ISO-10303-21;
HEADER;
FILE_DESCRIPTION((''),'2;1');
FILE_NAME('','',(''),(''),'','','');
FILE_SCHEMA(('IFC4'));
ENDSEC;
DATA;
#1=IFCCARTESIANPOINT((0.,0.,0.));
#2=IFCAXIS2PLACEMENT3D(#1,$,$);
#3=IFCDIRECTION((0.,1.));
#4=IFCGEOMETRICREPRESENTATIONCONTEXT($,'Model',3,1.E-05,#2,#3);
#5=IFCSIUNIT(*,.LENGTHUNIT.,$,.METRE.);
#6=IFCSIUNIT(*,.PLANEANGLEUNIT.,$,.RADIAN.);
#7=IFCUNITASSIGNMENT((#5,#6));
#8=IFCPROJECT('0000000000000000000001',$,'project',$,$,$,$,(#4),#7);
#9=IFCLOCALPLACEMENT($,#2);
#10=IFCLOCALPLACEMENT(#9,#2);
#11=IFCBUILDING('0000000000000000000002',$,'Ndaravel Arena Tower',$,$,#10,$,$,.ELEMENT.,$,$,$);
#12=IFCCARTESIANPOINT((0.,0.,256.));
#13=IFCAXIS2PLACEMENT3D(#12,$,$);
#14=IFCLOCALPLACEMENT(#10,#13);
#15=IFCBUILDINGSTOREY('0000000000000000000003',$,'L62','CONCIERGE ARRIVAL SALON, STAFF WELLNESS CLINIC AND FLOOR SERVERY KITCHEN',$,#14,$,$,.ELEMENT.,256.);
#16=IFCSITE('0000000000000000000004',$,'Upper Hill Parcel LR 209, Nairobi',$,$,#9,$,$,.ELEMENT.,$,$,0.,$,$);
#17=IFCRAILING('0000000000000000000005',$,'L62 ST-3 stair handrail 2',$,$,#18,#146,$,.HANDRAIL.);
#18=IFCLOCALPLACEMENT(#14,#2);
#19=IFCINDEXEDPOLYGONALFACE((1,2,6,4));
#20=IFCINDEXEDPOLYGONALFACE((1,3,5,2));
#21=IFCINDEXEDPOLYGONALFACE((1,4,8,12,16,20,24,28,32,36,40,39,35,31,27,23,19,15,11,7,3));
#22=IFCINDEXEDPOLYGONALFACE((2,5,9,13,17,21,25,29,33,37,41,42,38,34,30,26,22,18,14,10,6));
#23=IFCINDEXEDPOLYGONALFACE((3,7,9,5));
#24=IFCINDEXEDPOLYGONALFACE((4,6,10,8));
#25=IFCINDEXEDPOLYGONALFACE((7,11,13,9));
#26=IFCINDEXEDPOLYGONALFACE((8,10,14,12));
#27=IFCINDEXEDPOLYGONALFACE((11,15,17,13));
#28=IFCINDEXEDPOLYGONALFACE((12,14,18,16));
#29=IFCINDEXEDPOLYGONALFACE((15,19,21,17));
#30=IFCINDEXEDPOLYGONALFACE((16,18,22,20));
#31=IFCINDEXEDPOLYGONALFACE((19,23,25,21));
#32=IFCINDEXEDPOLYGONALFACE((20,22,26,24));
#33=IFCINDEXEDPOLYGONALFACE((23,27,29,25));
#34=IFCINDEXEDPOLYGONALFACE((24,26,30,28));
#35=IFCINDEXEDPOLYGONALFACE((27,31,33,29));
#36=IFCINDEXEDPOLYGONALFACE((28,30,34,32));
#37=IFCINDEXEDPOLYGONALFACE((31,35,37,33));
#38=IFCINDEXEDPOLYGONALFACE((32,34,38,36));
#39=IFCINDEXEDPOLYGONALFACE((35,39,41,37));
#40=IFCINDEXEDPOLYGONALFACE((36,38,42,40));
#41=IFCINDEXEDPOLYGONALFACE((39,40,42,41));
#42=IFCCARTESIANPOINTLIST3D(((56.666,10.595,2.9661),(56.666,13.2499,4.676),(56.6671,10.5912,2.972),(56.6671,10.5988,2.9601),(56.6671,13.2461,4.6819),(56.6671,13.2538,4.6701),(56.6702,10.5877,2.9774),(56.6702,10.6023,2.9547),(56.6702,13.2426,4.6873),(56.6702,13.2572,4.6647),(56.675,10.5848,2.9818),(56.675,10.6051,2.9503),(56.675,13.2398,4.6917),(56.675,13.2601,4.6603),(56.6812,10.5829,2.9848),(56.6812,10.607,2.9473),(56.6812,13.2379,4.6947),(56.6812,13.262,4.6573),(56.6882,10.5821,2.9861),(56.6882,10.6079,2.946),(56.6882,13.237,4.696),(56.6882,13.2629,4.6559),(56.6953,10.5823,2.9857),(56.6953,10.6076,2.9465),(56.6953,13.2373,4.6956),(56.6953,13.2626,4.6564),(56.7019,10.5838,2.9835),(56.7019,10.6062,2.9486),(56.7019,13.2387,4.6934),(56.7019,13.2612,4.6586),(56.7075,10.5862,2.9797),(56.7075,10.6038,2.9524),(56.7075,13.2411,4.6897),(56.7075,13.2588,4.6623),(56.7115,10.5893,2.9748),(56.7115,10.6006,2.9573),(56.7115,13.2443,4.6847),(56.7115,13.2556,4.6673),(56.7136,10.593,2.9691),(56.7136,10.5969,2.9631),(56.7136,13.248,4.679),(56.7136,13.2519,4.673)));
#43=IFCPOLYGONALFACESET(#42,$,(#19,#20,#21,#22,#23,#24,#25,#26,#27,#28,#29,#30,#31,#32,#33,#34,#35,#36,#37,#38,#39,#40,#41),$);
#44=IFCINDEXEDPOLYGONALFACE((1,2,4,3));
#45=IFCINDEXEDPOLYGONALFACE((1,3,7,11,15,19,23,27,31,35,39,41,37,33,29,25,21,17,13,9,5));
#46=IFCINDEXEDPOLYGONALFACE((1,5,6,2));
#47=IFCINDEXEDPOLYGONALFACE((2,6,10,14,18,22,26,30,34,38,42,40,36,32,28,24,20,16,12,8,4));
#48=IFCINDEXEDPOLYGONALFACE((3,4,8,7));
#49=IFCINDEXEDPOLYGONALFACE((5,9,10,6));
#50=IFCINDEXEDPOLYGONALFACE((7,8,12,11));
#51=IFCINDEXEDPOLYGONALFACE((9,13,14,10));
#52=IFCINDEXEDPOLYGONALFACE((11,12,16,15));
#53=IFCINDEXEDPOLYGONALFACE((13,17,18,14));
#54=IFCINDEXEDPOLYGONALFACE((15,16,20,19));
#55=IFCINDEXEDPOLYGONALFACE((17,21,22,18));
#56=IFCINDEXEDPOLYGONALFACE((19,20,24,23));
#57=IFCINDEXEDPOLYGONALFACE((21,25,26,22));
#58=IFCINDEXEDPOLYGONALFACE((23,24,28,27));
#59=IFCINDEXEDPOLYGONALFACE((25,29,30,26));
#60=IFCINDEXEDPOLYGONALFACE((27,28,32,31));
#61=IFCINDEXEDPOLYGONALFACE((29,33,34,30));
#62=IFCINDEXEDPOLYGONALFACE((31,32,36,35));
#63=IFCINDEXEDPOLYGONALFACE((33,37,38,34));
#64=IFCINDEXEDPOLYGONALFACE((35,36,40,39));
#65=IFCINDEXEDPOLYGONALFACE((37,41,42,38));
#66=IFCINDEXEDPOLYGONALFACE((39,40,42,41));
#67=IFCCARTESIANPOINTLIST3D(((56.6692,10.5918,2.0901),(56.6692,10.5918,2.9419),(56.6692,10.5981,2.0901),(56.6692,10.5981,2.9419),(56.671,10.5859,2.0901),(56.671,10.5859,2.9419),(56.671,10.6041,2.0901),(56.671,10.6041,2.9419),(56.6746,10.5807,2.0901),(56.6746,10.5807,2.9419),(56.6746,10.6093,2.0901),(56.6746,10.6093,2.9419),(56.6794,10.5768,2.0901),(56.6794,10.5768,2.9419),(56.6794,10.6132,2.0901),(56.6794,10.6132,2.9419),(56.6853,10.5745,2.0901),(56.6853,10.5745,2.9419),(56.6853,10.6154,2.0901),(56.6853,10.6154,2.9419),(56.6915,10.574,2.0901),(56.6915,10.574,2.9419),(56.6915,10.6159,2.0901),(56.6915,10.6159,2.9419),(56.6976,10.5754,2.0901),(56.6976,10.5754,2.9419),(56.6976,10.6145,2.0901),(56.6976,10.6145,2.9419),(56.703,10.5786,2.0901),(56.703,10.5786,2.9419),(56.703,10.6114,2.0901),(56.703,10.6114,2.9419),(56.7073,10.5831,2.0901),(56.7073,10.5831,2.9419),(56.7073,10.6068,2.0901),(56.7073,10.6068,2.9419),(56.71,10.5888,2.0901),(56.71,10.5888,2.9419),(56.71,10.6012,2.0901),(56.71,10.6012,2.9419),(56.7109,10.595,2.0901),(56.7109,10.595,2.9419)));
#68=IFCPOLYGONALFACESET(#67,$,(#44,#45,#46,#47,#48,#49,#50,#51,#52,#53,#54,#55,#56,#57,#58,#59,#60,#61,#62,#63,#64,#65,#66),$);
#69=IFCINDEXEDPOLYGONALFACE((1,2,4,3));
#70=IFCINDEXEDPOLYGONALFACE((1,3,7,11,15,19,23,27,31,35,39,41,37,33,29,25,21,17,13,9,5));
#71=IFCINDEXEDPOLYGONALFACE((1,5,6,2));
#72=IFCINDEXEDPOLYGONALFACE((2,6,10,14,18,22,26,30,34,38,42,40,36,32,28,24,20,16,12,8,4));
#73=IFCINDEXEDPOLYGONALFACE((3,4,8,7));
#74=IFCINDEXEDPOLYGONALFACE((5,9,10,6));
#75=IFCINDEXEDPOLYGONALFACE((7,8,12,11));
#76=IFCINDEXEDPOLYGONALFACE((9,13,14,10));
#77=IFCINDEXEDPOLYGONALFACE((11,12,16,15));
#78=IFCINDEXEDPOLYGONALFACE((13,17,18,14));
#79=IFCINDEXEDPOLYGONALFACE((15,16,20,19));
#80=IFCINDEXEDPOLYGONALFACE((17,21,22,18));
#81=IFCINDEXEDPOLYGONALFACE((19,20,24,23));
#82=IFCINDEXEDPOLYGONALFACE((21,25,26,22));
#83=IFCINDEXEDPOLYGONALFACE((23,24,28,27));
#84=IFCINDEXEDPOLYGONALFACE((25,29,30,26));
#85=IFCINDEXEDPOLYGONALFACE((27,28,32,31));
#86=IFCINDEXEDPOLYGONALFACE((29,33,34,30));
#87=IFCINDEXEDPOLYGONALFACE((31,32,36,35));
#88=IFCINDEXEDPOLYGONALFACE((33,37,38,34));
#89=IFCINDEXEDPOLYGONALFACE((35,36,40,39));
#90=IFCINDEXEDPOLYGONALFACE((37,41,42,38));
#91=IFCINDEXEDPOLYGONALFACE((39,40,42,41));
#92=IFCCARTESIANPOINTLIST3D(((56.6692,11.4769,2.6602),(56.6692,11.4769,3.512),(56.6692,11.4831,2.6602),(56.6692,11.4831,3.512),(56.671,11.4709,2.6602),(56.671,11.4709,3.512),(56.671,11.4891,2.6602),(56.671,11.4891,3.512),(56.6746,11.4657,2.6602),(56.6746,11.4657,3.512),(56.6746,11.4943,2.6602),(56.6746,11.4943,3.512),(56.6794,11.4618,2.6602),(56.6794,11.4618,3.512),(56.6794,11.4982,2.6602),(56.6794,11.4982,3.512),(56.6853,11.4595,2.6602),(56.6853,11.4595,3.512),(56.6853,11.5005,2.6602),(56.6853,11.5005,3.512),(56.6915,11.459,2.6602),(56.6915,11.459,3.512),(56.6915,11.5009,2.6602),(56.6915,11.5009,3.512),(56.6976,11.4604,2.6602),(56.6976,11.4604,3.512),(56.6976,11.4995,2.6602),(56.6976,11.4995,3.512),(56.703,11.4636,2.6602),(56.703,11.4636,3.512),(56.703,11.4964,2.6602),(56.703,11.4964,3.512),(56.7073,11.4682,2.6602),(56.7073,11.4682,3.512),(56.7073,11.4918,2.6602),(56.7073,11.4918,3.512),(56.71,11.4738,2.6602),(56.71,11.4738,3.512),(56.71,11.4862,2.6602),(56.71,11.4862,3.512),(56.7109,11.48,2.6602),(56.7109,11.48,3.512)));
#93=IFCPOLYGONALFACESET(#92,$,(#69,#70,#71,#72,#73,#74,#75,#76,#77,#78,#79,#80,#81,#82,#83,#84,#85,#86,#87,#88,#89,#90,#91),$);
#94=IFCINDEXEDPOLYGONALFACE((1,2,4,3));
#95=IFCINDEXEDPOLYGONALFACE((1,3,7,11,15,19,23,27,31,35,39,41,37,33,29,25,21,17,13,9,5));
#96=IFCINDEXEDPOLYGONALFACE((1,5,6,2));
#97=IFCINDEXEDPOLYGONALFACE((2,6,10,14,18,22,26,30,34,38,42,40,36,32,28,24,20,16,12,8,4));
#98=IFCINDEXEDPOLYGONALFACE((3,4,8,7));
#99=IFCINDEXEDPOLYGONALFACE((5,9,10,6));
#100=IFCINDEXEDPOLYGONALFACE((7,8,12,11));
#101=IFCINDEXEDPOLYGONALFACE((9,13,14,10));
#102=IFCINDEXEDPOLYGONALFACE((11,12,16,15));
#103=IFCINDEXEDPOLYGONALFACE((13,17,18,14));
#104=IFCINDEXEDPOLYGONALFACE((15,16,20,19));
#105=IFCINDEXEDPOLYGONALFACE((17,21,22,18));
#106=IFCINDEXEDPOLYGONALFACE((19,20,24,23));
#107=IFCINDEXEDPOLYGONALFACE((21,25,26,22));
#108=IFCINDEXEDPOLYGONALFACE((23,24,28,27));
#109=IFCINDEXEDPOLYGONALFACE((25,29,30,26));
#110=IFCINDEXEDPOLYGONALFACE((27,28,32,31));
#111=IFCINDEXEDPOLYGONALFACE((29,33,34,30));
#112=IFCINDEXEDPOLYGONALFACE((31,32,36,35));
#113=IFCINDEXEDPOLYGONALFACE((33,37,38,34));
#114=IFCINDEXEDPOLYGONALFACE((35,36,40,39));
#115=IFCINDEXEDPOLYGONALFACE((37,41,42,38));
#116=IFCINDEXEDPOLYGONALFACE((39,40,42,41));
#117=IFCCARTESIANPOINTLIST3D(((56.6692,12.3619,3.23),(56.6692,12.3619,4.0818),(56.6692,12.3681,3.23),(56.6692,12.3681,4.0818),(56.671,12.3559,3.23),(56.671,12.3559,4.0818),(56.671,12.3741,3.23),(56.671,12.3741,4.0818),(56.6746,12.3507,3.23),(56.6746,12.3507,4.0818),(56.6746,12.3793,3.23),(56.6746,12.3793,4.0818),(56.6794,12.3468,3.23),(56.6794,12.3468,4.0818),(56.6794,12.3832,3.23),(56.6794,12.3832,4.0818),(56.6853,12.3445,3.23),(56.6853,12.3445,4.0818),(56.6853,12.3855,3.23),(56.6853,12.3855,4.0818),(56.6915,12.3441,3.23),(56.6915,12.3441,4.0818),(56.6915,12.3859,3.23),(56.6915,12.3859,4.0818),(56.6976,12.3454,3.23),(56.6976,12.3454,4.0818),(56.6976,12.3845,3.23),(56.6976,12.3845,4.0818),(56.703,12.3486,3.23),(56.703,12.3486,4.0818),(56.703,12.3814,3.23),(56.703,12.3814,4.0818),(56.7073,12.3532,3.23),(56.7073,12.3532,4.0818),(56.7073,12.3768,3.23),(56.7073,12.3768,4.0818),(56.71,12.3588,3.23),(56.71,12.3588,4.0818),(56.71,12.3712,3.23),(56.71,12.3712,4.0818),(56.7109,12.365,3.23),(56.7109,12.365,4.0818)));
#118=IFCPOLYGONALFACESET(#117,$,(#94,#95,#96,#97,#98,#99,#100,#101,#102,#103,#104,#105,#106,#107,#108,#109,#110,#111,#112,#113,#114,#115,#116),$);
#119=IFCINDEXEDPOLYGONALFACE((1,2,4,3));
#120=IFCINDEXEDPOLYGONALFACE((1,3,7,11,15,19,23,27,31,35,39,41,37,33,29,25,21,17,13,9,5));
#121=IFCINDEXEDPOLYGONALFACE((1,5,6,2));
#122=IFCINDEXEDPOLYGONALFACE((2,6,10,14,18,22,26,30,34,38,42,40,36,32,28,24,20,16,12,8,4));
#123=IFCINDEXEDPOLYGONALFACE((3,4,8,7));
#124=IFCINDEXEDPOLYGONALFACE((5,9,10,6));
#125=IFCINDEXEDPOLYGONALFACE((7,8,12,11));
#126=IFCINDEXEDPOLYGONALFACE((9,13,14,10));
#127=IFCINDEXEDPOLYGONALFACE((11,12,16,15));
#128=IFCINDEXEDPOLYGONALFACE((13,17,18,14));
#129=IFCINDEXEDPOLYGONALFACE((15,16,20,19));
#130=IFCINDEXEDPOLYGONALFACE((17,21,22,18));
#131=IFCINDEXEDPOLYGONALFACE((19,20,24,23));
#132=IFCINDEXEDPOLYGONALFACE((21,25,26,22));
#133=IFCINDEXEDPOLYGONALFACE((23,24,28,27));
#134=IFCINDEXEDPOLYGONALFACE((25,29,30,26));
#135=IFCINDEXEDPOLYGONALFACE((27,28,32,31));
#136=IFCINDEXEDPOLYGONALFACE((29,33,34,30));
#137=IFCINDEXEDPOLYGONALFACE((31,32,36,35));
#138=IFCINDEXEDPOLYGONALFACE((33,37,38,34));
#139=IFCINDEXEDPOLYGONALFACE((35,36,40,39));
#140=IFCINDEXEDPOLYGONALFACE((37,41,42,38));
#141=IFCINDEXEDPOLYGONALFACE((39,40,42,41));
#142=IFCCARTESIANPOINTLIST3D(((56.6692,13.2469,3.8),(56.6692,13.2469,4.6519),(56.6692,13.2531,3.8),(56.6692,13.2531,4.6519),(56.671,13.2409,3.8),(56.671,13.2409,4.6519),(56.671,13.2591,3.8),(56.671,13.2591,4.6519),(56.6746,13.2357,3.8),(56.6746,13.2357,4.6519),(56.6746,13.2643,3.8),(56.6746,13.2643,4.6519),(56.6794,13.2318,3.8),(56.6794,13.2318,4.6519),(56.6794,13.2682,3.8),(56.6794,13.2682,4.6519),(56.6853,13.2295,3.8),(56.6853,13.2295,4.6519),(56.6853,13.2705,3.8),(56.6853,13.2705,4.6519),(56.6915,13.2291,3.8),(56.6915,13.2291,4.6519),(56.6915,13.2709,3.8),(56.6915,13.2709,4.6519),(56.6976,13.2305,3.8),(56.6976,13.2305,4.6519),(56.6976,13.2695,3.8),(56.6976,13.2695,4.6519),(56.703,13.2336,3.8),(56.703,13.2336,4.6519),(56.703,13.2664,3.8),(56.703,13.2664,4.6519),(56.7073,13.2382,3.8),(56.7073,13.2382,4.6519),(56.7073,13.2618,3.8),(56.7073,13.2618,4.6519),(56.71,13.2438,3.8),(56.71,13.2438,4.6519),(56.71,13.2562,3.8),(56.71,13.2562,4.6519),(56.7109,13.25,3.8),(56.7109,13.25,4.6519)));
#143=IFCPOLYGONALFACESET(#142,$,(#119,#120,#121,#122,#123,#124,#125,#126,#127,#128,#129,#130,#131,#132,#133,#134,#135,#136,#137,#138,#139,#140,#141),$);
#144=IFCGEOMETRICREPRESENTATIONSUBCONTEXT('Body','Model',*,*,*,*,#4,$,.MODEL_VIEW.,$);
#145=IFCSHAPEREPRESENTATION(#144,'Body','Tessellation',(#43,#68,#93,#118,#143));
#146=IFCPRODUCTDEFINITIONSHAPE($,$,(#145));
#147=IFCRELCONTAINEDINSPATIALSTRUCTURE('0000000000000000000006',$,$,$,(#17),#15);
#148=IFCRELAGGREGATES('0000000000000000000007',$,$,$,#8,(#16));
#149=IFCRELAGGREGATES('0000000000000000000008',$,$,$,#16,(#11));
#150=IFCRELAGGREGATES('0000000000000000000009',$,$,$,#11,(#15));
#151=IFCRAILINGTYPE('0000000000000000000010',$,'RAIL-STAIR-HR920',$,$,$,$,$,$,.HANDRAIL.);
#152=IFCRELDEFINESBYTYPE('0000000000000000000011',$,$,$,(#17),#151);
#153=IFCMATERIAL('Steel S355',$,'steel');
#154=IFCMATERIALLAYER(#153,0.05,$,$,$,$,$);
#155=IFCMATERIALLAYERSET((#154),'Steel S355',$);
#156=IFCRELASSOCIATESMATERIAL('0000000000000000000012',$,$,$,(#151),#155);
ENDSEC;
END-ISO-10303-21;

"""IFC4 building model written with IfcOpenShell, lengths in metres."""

from ifc_helpers import new_model, si_unit, direction, frame, origin, origin_2d, place, context, subcontext, project, spatial, circle, extrude, material, layer, layer_set, type_object, element, save


model = new_model("IFC4")

# Units and contexts
model_context = context("Model", 3, precision=1e-05, world=origin(), true_north=direction((0.0, 1.0)))
body_context = subcontext(model_context, "Body", "Model", "MODEL_VIEW")
ifc_project = project(units=[si_unit("LENGTHUNIT", "METRE"), si_unit("PLANEANGLEUNIT", "RADIAN")], contexts=[model_context])

# Site, building, storey
site_placement = place(None, origin())
site = spatial("IfcSite", under=ifc_project, at=site_placement, Name="Upper Hill Parcel LR 209, Nairobi", CompositionType="ELEMENT", RefElevation=0.0)
building_placement = place(site_placement, origin())
building = spatial("IfcBuilding", under=site, at=building_placement, Name="Ndaravel Arena Tower", CompositionType="ELEMENT")
storey_placement = place(building_placement, frame((0.0, 0.0, 256.0)))
storey = spatial("IfcBuildingStorey", under=building, at=storey_placement, Name="L62", Description="CONCIERGE ARRIVAL SALON, STAFF WELLNESS CLINIC AND FLOOR SERVERY KITCHEN", CompositionType="ELEMENT", Elevation=256.0)

# Railing
ifc_material_1 = material(Name="Steel S355", Category="steel")
ifc_layer_1 = layer(ifc_material_1, 0.05)
ifc_layer_set_1 = layer_set([ifc_layer_1], Name="Steel S355")
railing_type_1 = type_object("IfcRailingType", Name="RAIL-STAIR-HR920", PredefinedType="HANDRAIL", material=ifc_layer_set_1)
railing_1_placement = place(storey_placement, frame((56.6899, 10.595, 2.0901)))
element("IfcRailing", 1, at=railing_1_placement, inside=storey, type_object=railing_type_1, Name="L62 ST-3 stair handrail 2", PredefinedType="HANDRAIL", context=body_context, shape_type="SweptSolid", body=[
    extrude(circle(Radius=0.0239, at=origin_2d()), frame((0.0, 0.0, 0.876), z_axis=(0.0, 0.840724, 0.541465), x_axis=(-1.0, 0.0, 0.0)), (0.0, 0.0, 1.0), 3.158),
    extrude(circle(Radius=0.021, at=origin_2d()), origin(), (0.0, 0.0, 1.0), 0.8518),
    extrude(circle(Radius=0.021, at=origin_2d()), frame((0.0, 0.885, 0.5701)), (0.0, 0.0, 1.0), 0.8518),
    extrude(circle(Radius=0.021, at=origin_2d()), frame((0.0, 1.77, 1.1399)), (0.0, 0.0, 1.0), 0.8518),
    extrude(circle(Radius=0.021, at=origin_2d()), frame((0.0, 2.655, 1.71)), (0.0, 0.0, 1.0), 0.8518),
])

save(model, "model.ifc")
